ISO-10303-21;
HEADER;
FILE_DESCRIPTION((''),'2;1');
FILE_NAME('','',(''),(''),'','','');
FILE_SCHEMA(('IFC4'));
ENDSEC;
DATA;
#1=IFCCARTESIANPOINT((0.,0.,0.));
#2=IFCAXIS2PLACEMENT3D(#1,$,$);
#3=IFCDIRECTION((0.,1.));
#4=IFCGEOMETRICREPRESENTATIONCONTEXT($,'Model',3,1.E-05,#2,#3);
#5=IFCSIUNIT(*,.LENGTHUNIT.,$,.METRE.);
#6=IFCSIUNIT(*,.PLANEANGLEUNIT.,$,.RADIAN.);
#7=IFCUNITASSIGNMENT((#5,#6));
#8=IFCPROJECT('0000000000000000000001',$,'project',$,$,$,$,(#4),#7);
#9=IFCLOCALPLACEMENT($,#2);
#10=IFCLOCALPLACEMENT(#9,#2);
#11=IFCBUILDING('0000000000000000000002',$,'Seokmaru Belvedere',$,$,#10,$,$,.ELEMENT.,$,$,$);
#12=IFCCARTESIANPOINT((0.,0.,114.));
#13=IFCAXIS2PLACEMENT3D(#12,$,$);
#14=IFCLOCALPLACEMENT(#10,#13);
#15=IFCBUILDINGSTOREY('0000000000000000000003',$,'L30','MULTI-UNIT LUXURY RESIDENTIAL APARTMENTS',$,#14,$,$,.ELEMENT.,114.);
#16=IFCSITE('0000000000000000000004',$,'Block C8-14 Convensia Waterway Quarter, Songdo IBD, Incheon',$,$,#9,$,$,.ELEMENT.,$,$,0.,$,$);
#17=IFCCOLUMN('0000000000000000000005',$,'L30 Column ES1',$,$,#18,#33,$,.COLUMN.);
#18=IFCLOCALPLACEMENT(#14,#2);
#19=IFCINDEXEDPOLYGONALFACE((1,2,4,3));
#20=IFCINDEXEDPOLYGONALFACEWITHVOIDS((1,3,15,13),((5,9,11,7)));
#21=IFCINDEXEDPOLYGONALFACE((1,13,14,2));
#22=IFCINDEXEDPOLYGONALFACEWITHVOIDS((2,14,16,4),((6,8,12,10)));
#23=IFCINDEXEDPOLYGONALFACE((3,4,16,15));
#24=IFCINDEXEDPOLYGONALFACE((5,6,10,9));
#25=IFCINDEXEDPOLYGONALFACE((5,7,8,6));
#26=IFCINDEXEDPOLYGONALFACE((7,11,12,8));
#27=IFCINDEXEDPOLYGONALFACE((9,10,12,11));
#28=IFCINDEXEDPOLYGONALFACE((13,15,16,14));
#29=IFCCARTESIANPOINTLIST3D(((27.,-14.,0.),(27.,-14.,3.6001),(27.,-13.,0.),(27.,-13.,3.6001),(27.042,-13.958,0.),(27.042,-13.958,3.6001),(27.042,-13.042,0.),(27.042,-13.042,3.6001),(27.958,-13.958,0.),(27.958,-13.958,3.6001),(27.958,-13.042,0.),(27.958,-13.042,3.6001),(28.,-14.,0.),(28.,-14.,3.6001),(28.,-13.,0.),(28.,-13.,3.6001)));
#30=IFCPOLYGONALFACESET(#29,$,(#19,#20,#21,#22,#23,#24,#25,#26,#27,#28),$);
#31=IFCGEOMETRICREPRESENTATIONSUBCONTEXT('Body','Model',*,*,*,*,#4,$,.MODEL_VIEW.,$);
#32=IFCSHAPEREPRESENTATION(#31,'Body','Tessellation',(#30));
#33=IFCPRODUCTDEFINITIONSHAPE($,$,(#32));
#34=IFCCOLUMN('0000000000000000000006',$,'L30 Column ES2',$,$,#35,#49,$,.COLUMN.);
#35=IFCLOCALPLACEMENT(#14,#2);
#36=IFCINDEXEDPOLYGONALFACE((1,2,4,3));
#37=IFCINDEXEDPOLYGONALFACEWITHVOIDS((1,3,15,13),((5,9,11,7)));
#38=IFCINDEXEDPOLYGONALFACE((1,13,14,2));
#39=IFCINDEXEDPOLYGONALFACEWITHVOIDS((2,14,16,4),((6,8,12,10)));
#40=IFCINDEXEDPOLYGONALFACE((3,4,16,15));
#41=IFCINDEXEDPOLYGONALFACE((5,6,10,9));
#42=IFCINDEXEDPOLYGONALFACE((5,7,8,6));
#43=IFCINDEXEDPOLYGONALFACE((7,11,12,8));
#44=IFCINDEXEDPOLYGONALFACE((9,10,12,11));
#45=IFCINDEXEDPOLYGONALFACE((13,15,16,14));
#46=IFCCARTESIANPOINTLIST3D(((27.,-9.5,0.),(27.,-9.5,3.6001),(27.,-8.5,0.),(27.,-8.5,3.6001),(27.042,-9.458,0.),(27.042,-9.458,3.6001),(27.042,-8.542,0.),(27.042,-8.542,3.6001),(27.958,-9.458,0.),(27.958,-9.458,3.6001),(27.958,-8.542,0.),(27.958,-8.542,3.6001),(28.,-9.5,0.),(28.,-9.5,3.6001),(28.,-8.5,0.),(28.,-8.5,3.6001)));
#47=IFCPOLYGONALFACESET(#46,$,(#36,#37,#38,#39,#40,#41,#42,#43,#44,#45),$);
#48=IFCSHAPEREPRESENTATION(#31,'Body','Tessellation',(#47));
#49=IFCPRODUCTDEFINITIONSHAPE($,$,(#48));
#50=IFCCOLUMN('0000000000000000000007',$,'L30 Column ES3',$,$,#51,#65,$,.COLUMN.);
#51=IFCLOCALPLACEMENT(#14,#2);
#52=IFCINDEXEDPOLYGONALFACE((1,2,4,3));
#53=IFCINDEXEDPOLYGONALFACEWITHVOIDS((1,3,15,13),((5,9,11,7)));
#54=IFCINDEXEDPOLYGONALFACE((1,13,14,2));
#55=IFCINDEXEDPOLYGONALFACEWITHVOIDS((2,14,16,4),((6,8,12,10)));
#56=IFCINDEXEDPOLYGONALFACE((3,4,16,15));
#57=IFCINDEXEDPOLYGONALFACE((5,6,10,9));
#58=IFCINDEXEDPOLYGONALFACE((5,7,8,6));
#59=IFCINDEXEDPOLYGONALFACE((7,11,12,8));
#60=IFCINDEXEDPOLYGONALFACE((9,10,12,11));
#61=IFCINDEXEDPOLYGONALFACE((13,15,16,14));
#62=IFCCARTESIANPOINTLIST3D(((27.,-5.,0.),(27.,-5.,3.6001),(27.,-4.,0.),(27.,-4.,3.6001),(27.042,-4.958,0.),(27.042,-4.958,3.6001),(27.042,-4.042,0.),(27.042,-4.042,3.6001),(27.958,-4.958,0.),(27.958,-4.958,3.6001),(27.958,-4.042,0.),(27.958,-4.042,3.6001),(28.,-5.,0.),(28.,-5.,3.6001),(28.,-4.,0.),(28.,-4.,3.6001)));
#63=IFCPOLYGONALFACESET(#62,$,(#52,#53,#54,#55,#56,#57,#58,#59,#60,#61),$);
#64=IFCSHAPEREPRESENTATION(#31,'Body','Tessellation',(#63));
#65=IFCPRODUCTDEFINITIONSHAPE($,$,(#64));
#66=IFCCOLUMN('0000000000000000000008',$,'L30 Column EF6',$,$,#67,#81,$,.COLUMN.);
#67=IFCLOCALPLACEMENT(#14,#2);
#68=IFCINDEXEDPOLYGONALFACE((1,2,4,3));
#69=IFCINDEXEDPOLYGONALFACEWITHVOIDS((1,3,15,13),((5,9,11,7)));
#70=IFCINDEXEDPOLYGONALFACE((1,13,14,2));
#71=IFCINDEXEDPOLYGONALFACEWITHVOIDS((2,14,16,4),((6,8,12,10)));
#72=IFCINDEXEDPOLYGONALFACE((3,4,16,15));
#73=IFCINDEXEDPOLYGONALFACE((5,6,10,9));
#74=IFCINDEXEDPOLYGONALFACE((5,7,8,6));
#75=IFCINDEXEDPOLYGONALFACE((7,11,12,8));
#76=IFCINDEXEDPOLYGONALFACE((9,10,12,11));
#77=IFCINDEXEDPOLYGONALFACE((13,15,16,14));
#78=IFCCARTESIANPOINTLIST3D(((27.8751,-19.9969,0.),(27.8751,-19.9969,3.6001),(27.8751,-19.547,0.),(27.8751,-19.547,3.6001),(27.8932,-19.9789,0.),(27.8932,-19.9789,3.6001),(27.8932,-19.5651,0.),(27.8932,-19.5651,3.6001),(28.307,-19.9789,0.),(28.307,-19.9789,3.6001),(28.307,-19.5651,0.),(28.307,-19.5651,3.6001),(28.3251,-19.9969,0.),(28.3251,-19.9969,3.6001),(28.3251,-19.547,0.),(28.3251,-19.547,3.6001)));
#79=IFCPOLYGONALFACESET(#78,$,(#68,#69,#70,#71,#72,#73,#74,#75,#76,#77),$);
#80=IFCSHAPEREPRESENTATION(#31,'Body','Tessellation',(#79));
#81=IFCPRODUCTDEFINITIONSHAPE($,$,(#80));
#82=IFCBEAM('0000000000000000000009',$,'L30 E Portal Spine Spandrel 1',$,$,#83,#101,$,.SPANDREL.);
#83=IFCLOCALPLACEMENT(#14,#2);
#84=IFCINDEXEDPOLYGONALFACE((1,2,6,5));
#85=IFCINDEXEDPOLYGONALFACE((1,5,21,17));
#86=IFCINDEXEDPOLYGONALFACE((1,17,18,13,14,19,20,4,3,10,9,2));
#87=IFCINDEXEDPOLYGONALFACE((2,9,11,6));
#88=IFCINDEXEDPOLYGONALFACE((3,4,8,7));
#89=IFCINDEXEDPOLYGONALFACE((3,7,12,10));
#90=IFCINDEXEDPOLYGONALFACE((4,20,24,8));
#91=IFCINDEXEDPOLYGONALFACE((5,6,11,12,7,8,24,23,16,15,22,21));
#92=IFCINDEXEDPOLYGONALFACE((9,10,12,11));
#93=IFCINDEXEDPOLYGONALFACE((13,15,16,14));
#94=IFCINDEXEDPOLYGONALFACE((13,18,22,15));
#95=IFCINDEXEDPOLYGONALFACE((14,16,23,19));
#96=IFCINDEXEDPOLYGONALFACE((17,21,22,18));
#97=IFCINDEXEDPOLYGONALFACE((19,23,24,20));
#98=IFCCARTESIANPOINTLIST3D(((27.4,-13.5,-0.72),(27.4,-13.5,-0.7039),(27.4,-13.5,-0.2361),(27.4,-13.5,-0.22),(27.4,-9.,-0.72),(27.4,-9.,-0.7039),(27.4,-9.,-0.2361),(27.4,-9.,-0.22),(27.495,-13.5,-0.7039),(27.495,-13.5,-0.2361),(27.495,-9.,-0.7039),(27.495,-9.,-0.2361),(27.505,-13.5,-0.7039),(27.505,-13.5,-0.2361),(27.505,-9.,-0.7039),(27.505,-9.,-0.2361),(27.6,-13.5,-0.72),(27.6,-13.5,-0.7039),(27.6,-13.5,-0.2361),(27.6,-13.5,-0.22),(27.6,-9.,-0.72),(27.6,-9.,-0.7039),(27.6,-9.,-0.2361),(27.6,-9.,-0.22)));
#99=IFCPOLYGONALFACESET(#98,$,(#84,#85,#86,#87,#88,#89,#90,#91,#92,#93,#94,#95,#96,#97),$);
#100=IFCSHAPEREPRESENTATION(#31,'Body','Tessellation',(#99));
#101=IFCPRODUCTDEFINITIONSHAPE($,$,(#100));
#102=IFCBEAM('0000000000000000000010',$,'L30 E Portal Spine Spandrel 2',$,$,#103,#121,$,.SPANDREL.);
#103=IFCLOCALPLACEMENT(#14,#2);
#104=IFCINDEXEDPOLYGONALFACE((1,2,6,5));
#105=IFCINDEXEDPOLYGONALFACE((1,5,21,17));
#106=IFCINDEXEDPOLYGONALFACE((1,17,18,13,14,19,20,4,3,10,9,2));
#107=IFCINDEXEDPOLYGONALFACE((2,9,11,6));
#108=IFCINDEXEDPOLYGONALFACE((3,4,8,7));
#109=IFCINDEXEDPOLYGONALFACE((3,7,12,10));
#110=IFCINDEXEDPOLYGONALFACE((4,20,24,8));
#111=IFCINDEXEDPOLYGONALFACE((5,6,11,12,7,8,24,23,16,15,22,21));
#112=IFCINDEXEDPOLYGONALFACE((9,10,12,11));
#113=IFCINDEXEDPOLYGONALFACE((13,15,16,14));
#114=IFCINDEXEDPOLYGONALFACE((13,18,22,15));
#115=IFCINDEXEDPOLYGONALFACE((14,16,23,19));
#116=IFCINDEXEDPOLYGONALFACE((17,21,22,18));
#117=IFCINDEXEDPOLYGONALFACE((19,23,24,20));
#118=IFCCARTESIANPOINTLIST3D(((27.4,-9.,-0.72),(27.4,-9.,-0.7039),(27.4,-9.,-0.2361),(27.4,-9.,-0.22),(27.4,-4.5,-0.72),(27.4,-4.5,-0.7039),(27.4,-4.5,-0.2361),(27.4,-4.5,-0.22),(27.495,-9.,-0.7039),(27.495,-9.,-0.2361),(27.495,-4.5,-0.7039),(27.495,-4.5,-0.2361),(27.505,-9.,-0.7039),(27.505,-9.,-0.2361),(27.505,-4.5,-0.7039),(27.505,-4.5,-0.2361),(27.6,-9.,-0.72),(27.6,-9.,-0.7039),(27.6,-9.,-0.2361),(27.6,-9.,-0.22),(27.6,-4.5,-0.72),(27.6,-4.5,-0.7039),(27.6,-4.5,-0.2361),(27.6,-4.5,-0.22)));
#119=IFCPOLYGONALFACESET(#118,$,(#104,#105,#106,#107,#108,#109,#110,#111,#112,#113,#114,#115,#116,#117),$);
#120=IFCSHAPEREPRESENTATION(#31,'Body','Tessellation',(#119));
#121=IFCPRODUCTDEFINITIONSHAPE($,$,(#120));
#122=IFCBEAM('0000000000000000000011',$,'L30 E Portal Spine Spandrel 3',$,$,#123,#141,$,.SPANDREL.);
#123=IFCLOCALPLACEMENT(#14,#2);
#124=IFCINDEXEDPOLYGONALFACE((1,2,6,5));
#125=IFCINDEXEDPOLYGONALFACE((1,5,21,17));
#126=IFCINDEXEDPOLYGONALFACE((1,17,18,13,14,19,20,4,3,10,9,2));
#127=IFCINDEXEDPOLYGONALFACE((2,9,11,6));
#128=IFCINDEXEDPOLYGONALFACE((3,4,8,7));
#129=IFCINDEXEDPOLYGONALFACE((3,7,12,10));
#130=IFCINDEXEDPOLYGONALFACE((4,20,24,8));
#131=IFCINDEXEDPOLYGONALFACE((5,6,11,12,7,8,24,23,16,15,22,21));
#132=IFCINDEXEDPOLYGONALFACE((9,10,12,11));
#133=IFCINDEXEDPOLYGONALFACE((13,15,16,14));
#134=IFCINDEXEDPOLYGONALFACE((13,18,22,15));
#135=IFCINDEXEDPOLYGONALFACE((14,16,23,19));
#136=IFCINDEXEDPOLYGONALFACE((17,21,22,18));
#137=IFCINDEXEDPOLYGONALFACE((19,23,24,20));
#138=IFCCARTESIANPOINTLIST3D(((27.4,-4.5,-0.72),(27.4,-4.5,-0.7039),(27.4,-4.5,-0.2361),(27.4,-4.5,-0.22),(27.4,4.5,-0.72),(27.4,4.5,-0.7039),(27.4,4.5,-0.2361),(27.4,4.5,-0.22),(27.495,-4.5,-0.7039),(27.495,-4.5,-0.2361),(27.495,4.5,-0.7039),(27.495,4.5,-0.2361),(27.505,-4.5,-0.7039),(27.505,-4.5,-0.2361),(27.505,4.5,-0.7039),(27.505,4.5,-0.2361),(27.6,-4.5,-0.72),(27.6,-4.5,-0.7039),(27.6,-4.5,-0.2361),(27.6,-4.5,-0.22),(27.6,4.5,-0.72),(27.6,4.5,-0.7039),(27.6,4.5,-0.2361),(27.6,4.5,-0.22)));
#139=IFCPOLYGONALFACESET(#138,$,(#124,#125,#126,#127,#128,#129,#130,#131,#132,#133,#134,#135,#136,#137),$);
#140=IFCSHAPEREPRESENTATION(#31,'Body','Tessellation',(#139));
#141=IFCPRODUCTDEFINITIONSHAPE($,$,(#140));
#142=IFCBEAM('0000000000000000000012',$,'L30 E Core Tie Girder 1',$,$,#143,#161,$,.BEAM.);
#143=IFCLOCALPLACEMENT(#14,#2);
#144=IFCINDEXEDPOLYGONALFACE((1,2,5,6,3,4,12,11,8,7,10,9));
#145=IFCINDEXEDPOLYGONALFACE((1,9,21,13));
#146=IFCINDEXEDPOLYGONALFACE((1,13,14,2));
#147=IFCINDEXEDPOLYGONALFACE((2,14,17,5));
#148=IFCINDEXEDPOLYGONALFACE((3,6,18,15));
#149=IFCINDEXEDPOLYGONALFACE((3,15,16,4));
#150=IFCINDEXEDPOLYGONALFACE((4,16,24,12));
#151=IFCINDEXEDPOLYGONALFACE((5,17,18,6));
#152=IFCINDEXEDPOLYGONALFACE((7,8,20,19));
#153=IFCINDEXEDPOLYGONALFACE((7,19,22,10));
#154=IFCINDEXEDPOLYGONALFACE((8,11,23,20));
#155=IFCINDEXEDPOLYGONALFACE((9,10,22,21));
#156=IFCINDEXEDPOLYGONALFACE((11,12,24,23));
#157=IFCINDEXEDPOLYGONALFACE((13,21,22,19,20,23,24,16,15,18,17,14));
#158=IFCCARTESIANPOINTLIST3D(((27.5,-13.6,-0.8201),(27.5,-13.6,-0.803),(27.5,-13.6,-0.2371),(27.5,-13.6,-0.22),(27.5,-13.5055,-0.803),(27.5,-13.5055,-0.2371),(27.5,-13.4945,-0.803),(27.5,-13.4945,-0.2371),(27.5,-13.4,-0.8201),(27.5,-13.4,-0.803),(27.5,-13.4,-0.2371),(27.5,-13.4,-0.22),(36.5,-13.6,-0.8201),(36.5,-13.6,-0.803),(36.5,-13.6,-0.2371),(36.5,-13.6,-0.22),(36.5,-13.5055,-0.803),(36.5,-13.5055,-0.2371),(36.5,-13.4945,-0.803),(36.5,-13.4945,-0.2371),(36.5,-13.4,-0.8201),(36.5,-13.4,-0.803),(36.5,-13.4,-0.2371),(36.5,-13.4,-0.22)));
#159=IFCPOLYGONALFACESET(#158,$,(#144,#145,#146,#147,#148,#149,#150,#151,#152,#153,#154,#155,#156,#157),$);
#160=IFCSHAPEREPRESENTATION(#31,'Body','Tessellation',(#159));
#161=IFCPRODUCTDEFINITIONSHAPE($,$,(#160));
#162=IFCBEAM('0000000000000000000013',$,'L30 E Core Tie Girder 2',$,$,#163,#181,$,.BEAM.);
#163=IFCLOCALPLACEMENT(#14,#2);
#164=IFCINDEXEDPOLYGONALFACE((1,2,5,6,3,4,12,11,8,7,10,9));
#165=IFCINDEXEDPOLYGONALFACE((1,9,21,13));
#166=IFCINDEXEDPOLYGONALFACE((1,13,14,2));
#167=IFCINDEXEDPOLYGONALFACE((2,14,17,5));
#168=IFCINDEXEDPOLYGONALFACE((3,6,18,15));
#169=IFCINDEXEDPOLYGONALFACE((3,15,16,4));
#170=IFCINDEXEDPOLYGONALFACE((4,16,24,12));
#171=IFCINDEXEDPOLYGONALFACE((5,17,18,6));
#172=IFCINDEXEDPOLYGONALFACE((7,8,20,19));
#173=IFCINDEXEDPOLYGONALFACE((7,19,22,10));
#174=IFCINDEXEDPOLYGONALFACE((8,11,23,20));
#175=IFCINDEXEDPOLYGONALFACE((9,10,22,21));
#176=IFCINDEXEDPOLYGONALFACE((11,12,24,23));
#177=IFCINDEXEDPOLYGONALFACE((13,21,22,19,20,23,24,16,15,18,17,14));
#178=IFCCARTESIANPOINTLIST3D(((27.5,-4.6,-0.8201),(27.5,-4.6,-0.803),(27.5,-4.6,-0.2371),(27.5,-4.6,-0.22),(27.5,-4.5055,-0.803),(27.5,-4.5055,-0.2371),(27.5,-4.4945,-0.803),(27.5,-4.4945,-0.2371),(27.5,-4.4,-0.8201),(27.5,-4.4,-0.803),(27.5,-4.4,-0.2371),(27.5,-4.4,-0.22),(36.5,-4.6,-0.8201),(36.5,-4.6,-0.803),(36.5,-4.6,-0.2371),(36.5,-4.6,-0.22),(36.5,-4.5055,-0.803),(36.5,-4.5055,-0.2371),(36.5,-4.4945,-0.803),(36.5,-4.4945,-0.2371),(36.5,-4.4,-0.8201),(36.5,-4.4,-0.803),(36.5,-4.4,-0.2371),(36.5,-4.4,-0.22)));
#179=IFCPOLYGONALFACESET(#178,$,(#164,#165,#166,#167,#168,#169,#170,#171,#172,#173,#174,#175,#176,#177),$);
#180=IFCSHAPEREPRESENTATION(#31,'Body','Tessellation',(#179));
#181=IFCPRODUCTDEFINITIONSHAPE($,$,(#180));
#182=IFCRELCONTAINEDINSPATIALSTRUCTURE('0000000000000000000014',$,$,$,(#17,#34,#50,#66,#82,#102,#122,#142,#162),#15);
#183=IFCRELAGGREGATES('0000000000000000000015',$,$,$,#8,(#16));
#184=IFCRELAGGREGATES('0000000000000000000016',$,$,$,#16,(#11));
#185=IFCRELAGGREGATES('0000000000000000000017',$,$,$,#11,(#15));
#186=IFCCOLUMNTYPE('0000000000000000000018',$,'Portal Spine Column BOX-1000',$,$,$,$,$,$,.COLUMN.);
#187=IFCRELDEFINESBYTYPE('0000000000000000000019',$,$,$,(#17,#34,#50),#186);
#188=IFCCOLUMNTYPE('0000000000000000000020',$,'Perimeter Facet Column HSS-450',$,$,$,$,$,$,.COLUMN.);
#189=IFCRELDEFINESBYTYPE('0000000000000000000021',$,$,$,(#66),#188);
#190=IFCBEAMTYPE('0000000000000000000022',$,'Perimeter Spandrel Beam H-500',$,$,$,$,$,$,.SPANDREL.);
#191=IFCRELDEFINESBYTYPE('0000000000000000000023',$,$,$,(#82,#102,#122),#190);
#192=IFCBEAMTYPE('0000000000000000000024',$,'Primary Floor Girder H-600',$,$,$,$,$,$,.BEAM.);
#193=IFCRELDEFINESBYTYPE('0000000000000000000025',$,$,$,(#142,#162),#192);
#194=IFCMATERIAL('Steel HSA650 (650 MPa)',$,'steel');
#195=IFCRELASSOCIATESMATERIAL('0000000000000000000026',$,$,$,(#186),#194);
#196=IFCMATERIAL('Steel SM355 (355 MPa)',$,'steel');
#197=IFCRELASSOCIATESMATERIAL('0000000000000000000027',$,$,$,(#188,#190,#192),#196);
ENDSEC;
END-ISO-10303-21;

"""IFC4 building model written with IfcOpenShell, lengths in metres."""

from ifc_helpers import new_model, si_unit, direction, frame, origin, origin_2d, place, context, subcontext, project, spatial, hollow_rectangle, i_section, extrude, source, transform, mapped, material, material_profile, profile_set, type_object, type_shapes, element, save


model = new_model("IFC4")

# Units and contexts
model_context = context("Model", 3, precision=1e-05, world=origin(), true_north=direction((0.0, 1.0)))
body_context = subcontext(model_context, "Body", "Model", "MODEL_VIEW")
ifc_project = project(units=[si_unit("LENGTHUNIT", "METRE"), si_unit("PLANEANGLEUNIT", "RADIAN")], contexts=[model_context])

# Site, building, storey
site_placement = place(None, origin())
site = spatial("IfcSite", under=ifc_project, at=site_placement, Name="Block C8-14 Convensia Waterway Quarter, Songdo IBD, Incheon", CompositionType="ELEMENT", RefElevation=0.0)
building_placement = place(site_placement, origin())
building = spatial("IfcBuilding", under=site, at=building_placement, Name="Seokmaru Belvedere", CompositionType="ELEMENT")
storey_placement = place(building_placement, frame((0.0, 0.0, 114.0)))
storey = spatial("IfcBuildingStorey", under=building, at=storey_placement, Name="L30", Description="MULTI-UNIT LUXURY RESIDENTIAL APARTMENTS", CompositionType="ELEMENT", Elevation=114.0)

# Columns
ifc_material_1 = material(Name="Steel HSA650 (650 MPa)", Category="steel")
ifc_material_profile_1 = material_profile(ifc_material_1, hollow_rectangle(XDim=1.0, YDim=1.0, WallThickness=0.042, at=origin_2d()), Name="BOX-1000x1000x42")
ifc_profile_set_1 = profile_set([ifc_material_profile_1], Name="Steel HSA650 (650 MPa)")
column_type_1 = type_object("IfcColumnType", Name="Portal Spine Column BOX-1000", PredefinedType="COLUMN", material=ifc_profile_set_1)
shared_shape_1 = source(origin(), body_context, "Body", "SweptSolid", [
    extrude(hollow_rectangle(XDim=1.0, YDim=1.0, WallThickness=0.042, at=origin_2d()), origin(), (0.0, 0.0, 1.0), 3.6001),
])
type_shapes(column_type_1, [shared_shape_1])
for number, where, z_axis, x_axis, name in (
    (1, (27.5, -13.5, 0.0), (0.0, 0.0, 1.0), (1.0, 0.0, 0.0), "L30 Column ES1"),
    (2, (27.5, -9.0, 0.0), (0.0, 0.0, 1.0), (1.0, 0.0, 0.0), "L30 Column ES2"),
    (3, (27.5, -4.5, 0.0), (0.0, 0.0, 1.0), (1.0, 0.0, 0.0), "L30 Column ES3"),
):
    element("IfcColumn", number, at=place(storey_placement, frame(where, z_axis=z_axis, x_axis=x_axis)), inside=storey, type_object=column_type_1, Name=name, PredefinedType="COLUMN", context=body_context, shape_type="MappedRepresentation", body=[
        mapped(shared_shape_1, transform((0.0, 0.0, 0.0), scale=1.0)),
    ])
ifc_material_2 = material(Name="Steel SM355 (355 MPa)", Category="steel")
ifc_material_profile_2 = material_profile(ifc_material_2, hollow_rectangle(XDim=0.45, YDim=0.45, WallThickness=0.0181, at=origin_2d()), Name="HSS-450x450x18")
ifc_profile_set_2 = profile_set([ifc_material_profile_2], Name="Steel SM355 (355 MPa)")
column_type_2 = type_object("IfcColumnType", Name="Perimeter Facet Column HSS-450", PredefinedType="COLUMN", material=ifc_profile_set_2)
shared_shape_2 = source(origin(), body_context, "Body", "SweptSolid", [
    extrude(hollow_rectangle(XDim=0.45, YDim=0.45, WallThickness=0.0181, at=origin_2d()), origin(), (0.0, 0.0, 1.0), 3.6001),
])
type_shapes(column_type_2, [shared_shape_2])
column_placement = place(storey_placement, frame((28.1001, -19.772, 0.0), z_axis=(0.0, 0.0, 1.0), x_axis=(1.0, 0.0, 0.0)))
element("IfcColumn", 4, at=column_placement, inside=storey, type_object=column_type_2, Name="L30 Column EF6", PredefinedType="COLUMN", context=body_context, shape_type="MappedRepresentation", body=[
    mapped(shared_shape_2, transform((0.0, 0.0, 0.0), scale=1.0)),
])

# Beams
ifc_material_profile_3 = material_profile(ifc_material_2, i_section(OverallWidth=0.2, OverallDepth=0.5, WebThickness=0.01, FlangeThickness=0.0161, at=origin_2d()), Name="H-500x200x10x16")
ifc_profile_set_3 = profile_set([ifc_material_profile_3], Name="Steel SM355 (355 MPa)")
beam_type_1 = type_object("IfcBeamType", Name="Perimeter Spandrel Beam H-500", PredefinedType="SPANDREL", material=ifc_profile_set_3)
shared_shape_3 = source(origin(), body_context, "Body", "SweptSolid", [
    extrude(i_section(OverallWidth=0.2, OverallDepth=0.5, WebThickness=0.01, FlangeThickness=0.0161, at=origin_2d()), origin(), (0.0, 0.0, 1.0), 4.5),
])
for number, where, z_axis, x_axis, name in (
    (5, (27.5, -13.5, -0.47), (0.0, 1.0, 0.0), (-1.0, 0.0, 0.0), "L30 E Portal Spine Spandrel 1"),
    (6, (27.5, -9.0, -0.47), (0.0, 1.0, 0.0), (-1.0, 0.0, 0.0), "L30 E Portal Spine Spandrel 2"),
):
    element("IfcBeam", number, at=place(storey_placement, frame(where, z_axis=z_axis, x_axis=x_axis)), inside=storey, type_object=beam_type_1, Name=name, PredefinedType="SPANDREL", context=body_context, shape_type="MappedRepresentation", body=[
        mapped(shared_shape_3, transform((0.0, 0.0, 0.0), scale=1.0)),
    ])
shared_shape_4 = source(origin(), body_context, "Body", "SweptSolid", [
    extrude(i_section(OverallWidth=0.2, OverallDepth=0.5, WebThickness=0.01, FlangeThickness=0.0161, at=origin_2d()), origin(), (0.0, 0.0, 1.0), 9.0),
])
beam_1_placement = place(storey_placement, frame((27.5, -4.5, -0.47), z_axis=(0.0, 1.0, 0.0), x_axis=(-1.0, 0.0, 0.0)))
element("IfcBeam", 7, at=beam_1_placement, inside=storey, type_object=beam_type_1, Name="L30 E Portal Spine Spandrel 3", PredefinedType="SPANDREL", context=body_context, shape_type="MappedRepresentation", body=[
    mapped(shared_shape_4, transform((0.0, 0.0, 0.0), scale=1.0)),
])
ifc_material_profile_4 = material_profile(ifc_material_2, i_section(OverallWidth=0.2, OverallDepth=0.6001, WebThickness=0.011, FlangeThickness=0.0171, at=origin_2d()), Name="H-600x200x11x17")
ifc_profile_set_4 = profile_set([ifc_material_profile_4], Name="Steel SM355 (355 MPa)")
beam_type_2 = type_object("IfcBeamType", Name="Primary Floor Girder H-600", PredefinedType="BEAM", material=ifc_profile_set_4)
shared_shape_5 = source(origin(), body_context, "Body", "SweptSolid", [
    extrude(i_section(OverallWidth=0.2, OverallDepth=0.6001, WebThickness=0.011, FlangeThickness=0.0171, at=origin_2d()), origin(), (0.0, 0.0, 1.0), 9.0),
])
type_shapes(beam_type_2, [shared_shape_5])
for number, where, z_axis, x_axis, name in (
    (8, (27.5, -13.5, -0.52), (1.0, 0.0, 0.0), (0.0, 1.0, 0.0), "L30 E Core Tie Girder 1"),
    (9, (27.5, -4.5, -0.52), (1.0, 0.0, 0.0), (0.0, 1.0, 0.0), "L30 E Core Tie Girder 2"),
):
    element("IfcBeam", number, at=place(storey_placement, frame(where, z_axis=z_axis, x_axis=x_axis)), inside=storey, type_object=beam_type_2, Name=name, PredefinedType="BEAM", context=body_context, shape_type="MappedRepresentation", body=[
        mapped(shared_shape_5, transform((0.0, 0.0, 0.0), scale=1.0)),
    ])

save(model, "model.ifc")
